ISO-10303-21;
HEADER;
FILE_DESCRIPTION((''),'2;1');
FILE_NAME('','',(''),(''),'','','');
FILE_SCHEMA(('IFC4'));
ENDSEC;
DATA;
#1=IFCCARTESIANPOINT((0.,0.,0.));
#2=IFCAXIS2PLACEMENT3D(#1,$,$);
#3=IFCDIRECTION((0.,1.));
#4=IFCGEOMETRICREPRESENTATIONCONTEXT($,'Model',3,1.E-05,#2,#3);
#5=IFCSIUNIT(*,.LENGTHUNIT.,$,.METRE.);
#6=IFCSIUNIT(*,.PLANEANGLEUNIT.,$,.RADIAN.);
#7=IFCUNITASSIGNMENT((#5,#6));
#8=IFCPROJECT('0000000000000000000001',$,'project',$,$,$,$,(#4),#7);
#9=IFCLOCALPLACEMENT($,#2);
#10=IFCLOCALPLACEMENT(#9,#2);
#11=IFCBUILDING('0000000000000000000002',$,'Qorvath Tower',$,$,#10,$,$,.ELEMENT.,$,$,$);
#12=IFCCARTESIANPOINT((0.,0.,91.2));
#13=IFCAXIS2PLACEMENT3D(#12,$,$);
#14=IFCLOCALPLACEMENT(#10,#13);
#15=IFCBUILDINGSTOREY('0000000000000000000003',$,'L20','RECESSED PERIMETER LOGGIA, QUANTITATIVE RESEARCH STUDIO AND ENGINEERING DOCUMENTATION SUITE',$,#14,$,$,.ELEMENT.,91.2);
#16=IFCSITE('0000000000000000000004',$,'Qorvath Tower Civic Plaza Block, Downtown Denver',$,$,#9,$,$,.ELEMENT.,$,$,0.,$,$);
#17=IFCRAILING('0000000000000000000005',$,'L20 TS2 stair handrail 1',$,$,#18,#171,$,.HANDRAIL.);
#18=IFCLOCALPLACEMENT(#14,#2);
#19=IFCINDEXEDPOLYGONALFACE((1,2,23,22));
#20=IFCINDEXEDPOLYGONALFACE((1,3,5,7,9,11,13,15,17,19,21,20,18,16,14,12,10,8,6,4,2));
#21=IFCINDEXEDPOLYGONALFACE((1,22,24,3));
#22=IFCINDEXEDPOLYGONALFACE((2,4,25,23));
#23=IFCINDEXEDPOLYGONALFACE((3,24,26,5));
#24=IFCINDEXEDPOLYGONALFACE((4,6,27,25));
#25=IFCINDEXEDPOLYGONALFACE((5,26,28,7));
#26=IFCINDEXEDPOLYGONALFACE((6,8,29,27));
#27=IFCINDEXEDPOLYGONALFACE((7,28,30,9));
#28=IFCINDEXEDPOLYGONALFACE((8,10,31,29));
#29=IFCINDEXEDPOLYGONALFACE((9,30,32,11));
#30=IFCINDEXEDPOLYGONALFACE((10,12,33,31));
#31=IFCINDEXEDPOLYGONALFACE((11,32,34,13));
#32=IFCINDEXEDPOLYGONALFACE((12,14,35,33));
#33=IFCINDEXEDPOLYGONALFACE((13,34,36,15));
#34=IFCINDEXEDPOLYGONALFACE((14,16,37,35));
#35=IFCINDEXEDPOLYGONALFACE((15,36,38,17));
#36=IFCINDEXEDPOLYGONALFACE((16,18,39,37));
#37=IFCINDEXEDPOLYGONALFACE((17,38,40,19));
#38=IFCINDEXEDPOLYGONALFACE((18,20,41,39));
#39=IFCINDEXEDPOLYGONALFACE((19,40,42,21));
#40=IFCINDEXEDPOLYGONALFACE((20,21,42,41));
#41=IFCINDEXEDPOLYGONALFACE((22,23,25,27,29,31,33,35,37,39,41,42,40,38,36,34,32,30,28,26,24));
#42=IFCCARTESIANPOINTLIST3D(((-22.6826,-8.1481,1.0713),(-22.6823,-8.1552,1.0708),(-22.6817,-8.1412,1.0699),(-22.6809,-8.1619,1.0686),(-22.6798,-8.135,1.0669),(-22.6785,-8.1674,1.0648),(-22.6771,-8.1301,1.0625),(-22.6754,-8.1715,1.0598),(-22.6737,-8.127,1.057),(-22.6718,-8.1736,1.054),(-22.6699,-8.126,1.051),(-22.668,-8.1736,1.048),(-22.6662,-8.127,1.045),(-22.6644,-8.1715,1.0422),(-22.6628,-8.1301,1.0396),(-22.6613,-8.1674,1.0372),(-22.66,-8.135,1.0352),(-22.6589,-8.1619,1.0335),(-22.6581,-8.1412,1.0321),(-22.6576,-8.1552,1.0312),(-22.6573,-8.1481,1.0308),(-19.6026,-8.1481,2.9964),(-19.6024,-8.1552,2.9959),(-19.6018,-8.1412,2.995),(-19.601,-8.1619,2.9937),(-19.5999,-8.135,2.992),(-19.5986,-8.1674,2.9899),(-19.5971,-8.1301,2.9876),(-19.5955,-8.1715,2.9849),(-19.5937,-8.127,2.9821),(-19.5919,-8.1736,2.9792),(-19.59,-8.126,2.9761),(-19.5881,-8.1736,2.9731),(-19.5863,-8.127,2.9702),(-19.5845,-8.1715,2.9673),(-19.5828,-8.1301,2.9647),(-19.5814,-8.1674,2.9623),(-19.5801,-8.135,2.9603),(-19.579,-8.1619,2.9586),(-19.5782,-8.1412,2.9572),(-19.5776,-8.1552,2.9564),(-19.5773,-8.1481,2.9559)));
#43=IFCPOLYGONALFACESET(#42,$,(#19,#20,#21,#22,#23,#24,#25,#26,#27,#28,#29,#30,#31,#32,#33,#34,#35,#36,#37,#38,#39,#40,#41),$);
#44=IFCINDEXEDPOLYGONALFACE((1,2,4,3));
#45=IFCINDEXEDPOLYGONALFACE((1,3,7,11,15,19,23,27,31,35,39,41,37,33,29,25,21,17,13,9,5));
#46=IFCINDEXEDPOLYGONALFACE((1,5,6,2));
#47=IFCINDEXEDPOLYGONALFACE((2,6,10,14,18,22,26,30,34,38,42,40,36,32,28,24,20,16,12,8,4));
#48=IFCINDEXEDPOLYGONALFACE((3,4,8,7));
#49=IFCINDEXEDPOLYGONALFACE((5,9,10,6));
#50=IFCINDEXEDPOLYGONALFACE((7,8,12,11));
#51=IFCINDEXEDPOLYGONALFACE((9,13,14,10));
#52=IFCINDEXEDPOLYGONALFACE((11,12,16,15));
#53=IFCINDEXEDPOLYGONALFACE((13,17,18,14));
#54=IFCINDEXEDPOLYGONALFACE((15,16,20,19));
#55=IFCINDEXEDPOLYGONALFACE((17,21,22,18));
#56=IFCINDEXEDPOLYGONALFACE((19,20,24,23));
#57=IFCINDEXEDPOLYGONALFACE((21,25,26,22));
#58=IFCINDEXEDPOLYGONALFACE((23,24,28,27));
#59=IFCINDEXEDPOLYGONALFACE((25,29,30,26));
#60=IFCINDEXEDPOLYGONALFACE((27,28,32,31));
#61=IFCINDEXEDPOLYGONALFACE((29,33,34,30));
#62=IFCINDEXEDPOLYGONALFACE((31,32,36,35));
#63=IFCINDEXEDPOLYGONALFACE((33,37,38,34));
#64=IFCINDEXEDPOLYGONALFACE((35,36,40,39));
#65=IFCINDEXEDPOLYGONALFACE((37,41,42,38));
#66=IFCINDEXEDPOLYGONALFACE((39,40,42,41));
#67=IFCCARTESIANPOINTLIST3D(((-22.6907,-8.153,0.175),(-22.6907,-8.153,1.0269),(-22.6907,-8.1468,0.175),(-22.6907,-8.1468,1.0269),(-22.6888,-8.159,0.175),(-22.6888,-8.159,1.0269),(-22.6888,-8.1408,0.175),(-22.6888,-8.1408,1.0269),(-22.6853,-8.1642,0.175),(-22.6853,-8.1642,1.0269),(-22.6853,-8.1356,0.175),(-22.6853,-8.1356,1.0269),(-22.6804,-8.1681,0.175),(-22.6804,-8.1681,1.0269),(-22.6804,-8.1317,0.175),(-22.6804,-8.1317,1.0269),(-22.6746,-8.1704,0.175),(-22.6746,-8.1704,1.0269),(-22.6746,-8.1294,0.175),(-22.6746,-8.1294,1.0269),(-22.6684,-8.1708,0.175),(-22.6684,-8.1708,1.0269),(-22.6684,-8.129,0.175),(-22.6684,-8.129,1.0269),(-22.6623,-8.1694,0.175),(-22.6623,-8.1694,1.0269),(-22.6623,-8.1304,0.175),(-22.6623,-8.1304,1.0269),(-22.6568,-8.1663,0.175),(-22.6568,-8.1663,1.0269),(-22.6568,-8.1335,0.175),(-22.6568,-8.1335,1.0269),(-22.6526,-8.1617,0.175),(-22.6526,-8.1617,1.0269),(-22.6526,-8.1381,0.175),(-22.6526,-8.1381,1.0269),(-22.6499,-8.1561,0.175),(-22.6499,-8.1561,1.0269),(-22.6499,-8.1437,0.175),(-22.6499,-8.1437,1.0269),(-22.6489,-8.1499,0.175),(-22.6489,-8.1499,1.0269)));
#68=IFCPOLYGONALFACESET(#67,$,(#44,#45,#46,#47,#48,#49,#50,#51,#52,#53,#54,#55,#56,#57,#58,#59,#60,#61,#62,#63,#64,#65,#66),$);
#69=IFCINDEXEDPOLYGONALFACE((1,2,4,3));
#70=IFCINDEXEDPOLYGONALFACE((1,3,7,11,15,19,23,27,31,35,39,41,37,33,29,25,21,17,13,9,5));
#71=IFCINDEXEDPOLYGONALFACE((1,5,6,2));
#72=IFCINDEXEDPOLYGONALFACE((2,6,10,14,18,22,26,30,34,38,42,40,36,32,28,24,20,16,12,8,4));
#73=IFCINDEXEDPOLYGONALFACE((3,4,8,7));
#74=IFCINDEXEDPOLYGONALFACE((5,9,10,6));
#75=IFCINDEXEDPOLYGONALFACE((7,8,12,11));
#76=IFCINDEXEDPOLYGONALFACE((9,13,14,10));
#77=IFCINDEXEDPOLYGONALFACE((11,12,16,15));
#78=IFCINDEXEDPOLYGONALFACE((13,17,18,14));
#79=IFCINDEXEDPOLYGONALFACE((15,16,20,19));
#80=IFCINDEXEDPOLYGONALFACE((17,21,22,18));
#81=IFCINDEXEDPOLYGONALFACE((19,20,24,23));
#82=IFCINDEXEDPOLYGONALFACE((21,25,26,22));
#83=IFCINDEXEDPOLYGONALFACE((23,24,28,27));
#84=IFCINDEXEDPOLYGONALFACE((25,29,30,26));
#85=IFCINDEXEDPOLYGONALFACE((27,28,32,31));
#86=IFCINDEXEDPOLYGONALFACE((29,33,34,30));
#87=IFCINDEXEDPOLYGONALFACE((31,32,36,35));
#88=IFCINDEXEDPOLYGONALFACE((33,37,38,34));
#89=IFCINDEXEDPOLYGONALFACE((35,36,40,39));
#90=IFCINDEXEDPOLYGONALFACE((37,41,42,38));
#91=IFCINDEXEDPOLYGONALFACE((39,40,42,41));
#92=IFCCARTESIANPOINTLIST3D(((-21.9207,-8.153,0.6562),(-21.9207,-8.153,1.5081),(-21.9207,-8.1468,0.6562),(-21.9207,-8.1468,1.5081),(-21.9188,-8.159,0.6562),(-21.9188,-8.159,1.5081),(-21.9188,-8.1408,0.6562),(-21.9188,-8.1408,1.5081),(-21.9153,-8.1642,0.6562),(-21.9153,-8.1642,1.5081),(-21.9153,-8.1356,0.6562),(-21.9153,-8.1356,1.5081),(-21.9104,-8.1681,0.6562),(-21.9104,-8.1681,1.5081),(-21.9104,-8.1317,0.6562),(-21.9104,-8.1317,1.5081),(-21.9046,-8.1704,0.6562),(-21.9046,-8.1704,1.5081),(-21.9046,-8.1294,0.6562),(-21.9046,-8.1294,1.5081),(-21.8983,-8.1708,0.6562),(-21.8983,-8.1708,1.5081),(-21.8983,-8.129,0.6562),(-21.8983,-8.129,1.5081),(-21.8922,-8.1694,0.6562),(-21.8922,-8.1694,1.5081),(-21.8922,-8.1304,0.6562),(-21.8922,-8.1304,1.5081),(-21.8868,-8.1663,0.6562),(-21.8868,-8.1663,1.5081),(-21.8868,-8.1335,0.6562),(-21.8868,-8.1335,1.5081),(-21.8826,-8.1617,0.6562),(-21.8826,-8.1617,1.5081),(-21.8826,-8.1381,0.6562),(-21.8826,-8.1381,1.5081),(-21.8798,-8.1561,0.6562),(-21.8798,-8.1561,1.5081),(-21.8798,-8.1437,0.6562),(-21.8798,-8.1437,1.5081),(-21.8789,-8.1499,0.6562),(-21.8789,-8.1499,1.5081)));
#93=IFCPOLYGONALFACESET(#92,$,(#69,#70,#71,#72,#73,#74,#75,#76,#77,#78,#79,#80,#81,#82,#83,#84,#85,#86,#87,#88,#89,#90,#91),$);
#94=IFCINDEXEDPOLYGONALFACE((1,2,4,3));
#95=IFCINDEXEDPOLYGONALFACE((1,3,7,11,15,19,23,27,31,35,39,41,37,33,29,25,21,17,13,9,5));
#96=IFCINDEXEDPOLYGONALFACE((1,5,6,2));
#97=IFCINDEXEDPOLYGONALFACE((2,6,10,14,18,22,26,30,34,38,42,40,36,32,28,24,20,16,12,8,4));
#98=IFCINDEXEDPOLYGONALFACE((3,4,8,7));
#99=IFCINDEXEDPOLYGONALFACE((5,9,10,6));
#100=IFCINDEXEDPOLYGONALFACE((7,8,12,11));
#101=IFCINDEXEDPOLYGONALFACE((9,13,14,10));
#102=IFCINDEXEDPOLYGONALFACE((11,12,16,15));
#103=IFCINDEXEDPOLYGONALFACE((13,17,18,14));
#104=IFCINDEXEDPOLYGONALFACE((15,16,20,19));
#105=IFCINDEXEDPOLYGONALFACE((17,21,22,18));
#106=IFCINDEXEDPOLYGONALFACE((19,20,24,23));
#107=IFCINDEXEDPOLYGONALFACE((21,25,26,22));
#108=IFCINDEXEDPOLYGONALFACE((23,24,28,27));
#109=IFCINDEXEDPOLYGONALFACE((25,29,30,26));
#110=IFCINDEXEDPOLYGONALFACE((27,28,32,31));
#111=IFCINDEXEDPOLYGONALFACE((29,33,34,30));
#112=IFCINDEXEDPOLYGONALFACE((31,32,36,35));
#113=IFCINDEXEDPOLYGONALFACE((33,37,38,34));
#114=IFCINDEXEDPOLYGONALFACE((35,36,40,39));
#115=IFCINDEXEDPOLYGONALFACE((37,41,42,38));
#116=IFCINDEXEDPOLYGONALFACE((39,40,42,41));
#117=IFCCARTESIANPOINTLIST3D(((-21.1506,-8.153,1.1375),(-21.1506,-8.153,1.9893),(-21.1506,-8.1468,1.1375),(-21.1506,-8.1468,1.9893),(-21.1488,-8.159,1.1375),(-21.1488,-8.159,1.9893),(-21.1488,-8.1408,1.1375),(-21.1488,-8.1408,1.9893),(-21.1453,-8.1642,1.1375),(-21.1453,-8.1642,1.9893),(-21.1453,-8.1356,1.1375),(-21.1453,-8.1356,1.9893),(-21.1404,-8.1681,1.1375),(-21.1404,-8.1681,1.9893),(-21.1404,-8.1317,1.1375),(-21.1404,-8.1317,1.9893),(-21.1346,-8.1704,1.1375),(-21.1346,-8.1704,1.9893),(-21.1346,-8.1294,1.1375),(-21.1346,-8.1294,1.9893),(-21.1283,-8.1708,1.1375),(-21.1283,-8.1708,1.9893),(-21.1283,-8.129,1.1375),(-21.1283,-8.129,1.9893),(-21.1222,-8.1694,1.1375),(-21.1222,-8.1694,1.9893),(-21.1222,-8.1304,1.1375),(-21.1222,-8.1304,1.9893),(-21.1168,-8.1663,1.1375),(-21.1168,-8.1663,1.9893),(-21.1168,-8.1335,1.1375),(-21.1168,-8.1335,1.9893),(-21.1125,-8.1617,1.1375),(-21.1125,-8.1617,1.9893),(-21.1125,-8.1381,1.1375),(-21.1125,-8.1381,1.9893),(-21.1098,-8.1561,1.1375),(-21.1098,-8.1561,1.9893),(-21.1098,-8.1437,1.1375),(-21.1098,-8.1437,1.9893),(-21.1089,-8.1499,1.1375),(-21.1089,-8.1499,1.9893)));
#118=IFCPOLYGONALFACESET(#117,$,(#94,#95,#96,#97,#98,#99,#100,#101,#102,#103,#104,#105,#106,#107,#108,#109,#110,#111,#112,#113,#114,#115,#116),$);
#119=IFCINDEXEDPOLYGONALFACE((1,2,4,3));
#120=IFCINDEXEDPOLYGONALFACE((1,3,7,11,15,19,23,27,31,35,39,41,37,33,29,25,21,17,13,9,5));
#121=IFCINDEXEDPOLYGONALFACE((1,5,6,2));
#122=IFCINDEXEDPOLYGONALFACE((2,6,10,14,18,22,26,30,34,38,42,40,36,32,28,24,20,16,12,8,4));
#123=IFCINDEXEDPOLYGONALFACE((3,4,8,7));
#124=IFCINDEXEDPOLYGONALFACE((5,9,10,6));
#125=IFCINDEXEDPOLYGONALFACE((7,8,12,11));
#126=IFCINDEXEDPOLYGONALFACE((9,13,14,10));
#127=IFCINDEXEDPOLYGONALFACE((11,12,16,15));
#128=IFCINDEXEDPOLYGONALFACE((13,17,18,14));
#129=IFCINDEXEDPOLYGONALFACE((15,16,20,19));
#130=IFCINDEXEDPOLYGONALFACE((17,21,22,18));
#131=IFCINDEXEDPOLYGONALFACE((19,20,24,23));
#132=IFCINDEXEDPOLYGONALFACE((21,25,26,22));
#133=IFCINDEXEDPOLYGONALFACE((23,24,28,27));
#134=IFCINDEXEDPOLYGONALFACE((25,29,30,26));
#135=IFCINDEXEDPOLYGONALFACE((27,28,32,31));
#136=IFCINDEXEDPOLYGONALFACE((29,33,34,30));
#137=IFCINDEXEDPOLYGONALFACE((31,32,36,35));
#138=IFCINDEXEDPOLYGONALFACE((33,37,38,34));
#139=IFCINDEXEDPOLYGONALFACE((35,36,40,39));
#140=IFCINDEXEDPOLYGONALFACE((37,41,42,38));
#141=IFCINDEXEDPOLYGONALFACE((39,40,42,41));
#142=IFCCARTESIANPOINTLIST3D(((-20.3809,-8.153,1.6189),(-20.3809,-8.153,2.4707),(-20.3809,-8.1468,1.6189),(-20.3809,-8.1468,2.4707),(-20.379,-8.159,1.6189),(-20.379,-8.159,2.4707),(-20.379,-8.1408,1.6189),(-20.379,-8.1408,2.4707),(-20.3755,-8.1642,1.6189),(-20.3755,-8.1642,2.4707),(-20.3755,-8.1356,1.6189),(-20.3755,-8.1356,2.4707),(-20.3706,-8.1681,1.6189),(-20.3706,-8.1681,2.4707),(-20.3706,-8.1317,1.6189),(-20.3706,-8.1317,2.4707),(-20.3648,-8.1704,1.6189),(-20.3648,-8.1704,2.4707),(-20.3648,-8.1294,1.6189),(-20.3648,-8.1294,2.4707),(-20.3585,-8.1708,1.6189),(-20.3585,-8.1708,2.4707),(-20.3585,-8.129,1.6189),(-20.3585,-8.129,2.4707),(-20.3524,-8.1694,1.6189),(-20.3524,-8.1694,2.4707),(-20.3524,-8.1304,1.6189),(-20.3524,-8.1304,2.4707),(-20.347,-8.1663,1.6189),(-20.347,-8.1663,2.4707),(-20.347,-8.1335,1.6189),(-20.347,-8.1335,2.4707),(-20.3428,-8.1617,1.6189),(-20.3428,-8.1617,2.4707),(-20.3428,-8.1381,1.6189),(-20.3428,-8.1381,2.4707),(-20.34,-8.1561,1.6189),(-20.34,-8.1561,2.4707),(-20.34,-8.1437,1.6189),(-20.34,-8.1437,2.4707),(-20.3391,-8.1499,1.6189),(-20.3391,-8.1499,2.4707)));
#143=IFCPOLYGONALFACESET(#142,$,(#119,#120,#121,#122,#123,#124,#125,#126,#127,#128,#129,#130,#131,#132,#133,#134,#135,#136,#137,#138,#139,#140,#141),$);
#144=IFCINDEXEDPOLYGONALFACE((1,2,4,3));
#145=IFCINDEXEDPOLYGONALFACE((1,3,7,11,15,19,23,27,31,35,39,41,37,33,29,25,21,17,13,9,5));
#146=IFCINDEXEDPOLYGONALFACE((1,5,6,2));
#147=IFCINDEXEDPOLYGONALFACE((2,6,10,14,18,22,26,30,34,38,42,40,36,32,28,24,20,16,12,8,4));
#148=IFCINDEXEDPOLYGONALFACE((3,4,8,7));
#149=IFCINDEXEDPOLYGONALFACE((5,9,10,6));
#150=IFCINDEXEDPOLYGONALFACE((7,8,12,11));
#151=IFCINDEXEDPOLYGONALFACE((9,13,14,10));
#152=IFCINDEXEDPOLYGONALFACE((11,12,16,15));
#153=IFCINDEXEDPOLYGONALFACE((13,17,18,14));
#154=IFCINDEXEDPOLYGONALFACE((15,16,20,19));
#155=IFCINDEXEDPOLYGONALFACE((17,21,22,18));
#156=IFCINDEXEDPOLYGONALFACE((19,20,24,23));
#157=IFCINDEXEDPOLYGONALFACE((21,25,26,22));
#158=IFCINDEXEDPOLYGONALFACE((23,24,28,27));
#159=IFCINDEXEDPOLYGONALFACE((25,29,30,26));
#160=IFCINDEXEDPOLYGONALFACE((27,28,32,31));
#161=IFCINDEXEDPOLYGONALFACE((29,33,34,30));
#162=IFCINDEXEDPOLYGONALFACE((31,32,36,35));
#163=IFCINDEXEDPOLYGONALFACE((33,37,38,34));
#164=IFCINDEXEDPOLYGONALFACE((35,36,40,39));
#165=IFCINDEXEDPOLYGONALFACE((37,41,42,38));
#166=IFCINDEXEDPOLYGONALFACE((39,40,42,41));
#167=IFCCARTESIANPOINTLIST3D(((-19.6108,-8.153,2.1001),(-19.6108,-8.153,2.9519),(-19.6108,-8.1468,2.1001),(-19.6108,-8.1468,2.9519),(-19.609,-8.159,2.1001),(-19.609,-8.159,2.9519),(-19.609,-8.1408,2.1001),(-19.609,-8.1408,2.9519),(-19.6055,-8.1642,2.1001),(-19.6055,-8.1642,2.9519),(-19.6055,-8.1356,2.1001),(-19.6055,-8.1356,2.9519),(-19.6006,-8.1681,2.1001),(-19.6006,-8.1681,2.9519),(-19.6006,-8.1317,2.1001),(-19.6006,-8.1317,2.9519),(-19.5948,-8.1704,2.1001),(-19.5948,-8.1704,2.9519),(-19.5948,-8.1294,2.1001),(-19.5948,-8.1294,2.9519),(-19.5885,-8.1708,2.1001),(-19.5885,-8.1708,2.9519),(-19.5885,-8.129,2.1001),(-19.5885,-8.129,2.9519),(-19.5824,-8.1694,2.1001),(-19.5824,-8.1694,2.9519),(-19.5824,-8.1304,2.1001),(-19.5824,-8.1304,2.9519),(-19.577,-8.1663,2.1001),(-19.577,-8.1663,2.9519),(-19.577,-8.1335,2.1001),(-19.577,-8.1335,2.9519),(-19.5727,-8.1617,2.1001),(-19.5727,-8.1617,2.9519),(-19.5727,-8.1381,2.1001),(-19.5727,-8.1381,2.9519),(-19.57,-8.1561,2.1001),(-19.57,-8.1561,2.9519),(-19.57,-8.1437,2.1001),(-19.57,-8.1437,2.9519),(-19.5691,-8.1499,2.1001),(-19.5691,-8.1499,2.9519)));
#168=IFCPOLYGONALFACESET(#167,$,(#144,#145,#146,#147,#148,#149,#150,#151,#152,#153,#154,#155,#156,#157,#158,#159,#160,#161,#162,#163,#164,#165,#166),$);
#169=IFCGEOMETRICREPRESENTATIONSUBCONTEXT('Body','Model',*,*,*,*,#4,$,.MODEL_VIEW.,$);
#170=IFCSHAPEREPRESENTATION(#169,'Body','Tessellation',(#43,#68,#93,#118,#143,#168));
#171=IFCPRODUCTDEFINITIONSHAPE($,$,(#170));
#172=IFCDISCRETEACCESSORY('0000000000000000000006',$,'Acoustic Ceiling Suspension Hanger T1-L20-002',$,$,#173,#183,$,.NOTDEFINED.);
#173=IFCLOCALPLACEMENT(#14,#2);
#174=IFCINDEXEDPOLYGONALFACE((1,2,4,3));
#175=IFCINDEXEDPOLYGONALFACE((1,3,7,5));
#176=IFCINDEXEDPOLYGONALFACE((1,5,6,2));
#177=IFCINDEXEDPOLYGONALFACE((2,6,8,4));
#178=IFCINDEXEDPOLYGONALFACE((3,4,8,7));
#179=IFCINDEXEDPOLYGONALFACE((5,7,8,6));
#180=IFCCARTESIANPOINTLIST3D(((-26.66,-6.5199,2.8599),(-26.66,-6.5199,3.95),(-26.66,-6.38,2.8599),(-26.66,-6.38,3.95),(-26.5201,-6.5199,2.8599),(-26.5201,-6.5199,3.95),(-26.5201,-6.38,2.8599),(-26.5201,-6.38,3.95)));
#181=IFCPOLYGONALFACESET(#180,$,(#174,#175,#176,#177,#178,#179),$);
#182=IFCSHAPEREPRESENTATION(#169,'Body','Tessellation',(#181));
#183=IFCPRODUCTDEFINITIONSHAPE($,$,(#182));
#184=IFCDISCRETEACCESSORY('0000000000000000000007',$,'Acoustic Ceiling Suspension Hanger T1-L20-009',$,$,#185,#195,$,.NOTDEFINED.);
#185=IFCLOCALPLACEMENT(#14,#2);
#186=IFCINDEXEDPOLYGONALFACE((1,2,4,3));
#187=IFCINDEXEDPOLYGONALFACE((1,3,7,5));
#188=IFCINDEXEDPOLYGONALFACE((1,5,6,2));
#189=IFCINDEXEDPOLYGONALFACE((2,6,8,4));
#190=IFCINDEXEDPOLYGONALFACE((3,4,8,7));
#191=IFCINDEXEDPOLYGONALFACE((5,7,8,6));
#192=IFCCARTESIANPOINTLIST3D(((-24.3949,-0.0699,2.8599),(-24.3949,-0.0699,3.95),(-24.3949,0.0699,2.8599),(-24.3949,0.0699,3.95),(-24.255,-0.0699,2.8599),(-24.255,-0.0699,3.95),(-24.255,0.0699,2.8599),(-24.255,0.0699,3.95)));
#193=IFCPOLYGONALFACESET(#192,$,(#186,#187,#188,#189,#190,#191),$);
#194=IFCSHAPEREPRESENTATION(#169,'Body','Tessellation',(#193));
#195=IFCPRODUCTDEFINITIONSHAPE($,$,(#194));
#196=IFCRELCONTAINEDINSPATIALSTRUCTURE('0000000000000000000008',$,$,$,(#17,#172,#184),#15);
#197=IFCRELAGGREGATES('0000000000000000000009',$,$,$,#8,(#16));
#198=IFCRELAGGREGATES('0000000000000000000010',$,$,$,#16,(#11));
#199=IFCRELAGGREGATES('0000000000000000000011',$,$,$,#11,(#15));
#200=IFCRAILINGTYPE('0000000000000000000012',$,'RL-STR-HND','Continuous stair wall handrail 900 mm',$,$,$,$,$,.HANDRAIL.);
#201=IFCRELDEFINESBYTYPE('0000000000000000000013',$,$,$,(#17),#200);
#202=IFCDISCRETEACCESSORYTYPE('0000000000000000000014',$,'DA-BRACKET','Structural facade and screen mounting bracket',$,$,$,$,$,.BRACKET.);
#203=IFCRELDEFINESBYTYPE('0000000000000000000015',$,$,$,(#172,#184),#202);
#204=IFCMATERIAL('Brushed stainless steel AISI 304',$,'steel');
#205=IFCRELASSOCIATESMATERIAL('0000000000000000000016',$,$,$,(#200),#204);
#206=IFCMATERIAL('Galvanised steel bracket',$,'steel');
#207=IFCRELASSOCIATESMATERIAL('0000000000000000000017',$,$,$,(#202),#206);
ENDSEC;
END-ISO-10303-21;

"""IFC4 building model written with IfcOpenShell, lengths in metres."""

from ifc_helpers import new_model, si_unit, direction, frame, origin, origin_2d, place, context, subcontext, project, spatial, rectangle, circle, extrude, material, type_object, element, save


model = new_model("IFC4")

# Units and contexts
model_context = context("Model", 3, precision=1e-05, world=origin(), true_north=direction((0.0, 1.0)))
body_context = subcontext(model_context, "Body", "Model", "MODEL_VIEW")
ifc_project = project(units=[si_unit("LENGTHUNIT", "METRE"), si_unit("PLANEANGLEUNIT", "RADIAN")], contexts=[model_context])

# Site, building, storey
site_placement = place(None, origin())
site = spatial("IfcSite", under=ifc_project, at=site_placement, Name="Qorvath Tower Civic Plaza Block, Downtown Denver", CompositionType="ELEMENT", RefElevation=0.0)
building_placement = place(site_placement, origin())
building = spatial("IfcBuilding", under=site, at=building_placement, Name="Qorvath Tower", CompositionType="ELEMENT")
storey_placement = place(building_placement, frame((0.0, 0.0, 91.2)))
storey = spatial("IfcBuildingStorey", under=building, at=storey_placement, Name="L20", Description="RECESSED PERIMETER LOGGIA, QUANTITATIVE RESEARCH STUDIO AND ENGINEERING DOCUMENTATION SUITE", CompositionType="ELEMENT", Elevation=91.2)

# Railing
ifc_material_1 = material(Name="Brushed stainless steel AISI 304", Category="steel")
railing_type_1 = type_object("IfcRailingType", Name="RL-STR-HND", Description="Continuous stair wall handrail 900 mm", PredefinedType="HANDRAIL", material=ifc_material_1)
railing_1_placement = place(storey_placement, frame((-22.6699, -8.1499, 0.175)))
element("IfcRailing", 1, at=railing_1_placement, inside=storey, type_object=railing_type_1, Name="L20 TS2 stair handrail 1", PredefinedType="HANDRAIL", context=body_context, shape_type="SweptSolid", body=[
    extrude(circle(Radius=0.0239, at=origin_2d()), frame((0.0, 0.0, 0.876), z_axis=(0.847979, 0.0, 0.530029), x_axis=(0.0, 1.0, 0.0)), (0.0, 0.0, 1.0), 3.6321),
    extrude(circle(Radius=0.021, at=origin_2d()), origin(), (0.0, 0.0, 1.0), 0.8518),
    extrude(circle(Radius=0.021, at=origin_2d()), frame((0.77, 0.0, 0.4812)), (0.0, 0.0, 1.0), 0.8518),
    extrude(circle(Radius=0.021, at=origin_2d()), frame((1.54, 0.0, 0.9624)), (0.0, 0.0, 1.0), 0.8518),
    extrude(circle(Radius=0.021, at=origin_2d()), frame((2.3098, 0.0, 1.4438)), (0.0, 0.0, 1.0), 0.8518),
    extrude(circle(Radius=0.021, at=origin_2d()), frame((3.0798, 0.0, 1.925)), (0.0, 0.0, 1.0), 0.8518),
])

# Discrete accessories
ifc_material_2 = material(Name="Galvanised steel bracket", Category="steel")
discrete_accessory_type = type_object("IfcDiscreteAccessoryType", Name="DA-BRACKET", Description="Structural facade and screen mounting bracket", PredefinedType="BRACKET", material=ifc_material_2)
for number, where, z_axis, x_axis, name in (
    (2, (-26.5901, -6.45, 2.8599), (0.0, 0.0, 1.0), (1.0, 0.0, 0.0), "Acoustic Ceiling Suspension Hanger T1-L20-002"),
    (3, (-24.325, 0.0, 2.8599), (0.0, 0.0, 1.0), (1.0, 0.0, 0.0), "Acoustic Ceiling Suspension Hanger T1-L20-009"),
):
    element("IfcDiscreteAccessory", number, at=place(storey_placement, frame(where, z_axis=z_axis, x_axis=x_axis)), inside=storey, type_object=discrete_accessory_type, Name=name, PredefinedType="NOTDEFINED", context=body_context, shape_type="SweptSolid", body=[
        extrude(rectangle(XDim=0.1399, YDim=0.1399, at=origin_2d()), origin(), (0.0, 0.0, 1.0), 1.0901),
    ])

save(model, "model.ifc")
